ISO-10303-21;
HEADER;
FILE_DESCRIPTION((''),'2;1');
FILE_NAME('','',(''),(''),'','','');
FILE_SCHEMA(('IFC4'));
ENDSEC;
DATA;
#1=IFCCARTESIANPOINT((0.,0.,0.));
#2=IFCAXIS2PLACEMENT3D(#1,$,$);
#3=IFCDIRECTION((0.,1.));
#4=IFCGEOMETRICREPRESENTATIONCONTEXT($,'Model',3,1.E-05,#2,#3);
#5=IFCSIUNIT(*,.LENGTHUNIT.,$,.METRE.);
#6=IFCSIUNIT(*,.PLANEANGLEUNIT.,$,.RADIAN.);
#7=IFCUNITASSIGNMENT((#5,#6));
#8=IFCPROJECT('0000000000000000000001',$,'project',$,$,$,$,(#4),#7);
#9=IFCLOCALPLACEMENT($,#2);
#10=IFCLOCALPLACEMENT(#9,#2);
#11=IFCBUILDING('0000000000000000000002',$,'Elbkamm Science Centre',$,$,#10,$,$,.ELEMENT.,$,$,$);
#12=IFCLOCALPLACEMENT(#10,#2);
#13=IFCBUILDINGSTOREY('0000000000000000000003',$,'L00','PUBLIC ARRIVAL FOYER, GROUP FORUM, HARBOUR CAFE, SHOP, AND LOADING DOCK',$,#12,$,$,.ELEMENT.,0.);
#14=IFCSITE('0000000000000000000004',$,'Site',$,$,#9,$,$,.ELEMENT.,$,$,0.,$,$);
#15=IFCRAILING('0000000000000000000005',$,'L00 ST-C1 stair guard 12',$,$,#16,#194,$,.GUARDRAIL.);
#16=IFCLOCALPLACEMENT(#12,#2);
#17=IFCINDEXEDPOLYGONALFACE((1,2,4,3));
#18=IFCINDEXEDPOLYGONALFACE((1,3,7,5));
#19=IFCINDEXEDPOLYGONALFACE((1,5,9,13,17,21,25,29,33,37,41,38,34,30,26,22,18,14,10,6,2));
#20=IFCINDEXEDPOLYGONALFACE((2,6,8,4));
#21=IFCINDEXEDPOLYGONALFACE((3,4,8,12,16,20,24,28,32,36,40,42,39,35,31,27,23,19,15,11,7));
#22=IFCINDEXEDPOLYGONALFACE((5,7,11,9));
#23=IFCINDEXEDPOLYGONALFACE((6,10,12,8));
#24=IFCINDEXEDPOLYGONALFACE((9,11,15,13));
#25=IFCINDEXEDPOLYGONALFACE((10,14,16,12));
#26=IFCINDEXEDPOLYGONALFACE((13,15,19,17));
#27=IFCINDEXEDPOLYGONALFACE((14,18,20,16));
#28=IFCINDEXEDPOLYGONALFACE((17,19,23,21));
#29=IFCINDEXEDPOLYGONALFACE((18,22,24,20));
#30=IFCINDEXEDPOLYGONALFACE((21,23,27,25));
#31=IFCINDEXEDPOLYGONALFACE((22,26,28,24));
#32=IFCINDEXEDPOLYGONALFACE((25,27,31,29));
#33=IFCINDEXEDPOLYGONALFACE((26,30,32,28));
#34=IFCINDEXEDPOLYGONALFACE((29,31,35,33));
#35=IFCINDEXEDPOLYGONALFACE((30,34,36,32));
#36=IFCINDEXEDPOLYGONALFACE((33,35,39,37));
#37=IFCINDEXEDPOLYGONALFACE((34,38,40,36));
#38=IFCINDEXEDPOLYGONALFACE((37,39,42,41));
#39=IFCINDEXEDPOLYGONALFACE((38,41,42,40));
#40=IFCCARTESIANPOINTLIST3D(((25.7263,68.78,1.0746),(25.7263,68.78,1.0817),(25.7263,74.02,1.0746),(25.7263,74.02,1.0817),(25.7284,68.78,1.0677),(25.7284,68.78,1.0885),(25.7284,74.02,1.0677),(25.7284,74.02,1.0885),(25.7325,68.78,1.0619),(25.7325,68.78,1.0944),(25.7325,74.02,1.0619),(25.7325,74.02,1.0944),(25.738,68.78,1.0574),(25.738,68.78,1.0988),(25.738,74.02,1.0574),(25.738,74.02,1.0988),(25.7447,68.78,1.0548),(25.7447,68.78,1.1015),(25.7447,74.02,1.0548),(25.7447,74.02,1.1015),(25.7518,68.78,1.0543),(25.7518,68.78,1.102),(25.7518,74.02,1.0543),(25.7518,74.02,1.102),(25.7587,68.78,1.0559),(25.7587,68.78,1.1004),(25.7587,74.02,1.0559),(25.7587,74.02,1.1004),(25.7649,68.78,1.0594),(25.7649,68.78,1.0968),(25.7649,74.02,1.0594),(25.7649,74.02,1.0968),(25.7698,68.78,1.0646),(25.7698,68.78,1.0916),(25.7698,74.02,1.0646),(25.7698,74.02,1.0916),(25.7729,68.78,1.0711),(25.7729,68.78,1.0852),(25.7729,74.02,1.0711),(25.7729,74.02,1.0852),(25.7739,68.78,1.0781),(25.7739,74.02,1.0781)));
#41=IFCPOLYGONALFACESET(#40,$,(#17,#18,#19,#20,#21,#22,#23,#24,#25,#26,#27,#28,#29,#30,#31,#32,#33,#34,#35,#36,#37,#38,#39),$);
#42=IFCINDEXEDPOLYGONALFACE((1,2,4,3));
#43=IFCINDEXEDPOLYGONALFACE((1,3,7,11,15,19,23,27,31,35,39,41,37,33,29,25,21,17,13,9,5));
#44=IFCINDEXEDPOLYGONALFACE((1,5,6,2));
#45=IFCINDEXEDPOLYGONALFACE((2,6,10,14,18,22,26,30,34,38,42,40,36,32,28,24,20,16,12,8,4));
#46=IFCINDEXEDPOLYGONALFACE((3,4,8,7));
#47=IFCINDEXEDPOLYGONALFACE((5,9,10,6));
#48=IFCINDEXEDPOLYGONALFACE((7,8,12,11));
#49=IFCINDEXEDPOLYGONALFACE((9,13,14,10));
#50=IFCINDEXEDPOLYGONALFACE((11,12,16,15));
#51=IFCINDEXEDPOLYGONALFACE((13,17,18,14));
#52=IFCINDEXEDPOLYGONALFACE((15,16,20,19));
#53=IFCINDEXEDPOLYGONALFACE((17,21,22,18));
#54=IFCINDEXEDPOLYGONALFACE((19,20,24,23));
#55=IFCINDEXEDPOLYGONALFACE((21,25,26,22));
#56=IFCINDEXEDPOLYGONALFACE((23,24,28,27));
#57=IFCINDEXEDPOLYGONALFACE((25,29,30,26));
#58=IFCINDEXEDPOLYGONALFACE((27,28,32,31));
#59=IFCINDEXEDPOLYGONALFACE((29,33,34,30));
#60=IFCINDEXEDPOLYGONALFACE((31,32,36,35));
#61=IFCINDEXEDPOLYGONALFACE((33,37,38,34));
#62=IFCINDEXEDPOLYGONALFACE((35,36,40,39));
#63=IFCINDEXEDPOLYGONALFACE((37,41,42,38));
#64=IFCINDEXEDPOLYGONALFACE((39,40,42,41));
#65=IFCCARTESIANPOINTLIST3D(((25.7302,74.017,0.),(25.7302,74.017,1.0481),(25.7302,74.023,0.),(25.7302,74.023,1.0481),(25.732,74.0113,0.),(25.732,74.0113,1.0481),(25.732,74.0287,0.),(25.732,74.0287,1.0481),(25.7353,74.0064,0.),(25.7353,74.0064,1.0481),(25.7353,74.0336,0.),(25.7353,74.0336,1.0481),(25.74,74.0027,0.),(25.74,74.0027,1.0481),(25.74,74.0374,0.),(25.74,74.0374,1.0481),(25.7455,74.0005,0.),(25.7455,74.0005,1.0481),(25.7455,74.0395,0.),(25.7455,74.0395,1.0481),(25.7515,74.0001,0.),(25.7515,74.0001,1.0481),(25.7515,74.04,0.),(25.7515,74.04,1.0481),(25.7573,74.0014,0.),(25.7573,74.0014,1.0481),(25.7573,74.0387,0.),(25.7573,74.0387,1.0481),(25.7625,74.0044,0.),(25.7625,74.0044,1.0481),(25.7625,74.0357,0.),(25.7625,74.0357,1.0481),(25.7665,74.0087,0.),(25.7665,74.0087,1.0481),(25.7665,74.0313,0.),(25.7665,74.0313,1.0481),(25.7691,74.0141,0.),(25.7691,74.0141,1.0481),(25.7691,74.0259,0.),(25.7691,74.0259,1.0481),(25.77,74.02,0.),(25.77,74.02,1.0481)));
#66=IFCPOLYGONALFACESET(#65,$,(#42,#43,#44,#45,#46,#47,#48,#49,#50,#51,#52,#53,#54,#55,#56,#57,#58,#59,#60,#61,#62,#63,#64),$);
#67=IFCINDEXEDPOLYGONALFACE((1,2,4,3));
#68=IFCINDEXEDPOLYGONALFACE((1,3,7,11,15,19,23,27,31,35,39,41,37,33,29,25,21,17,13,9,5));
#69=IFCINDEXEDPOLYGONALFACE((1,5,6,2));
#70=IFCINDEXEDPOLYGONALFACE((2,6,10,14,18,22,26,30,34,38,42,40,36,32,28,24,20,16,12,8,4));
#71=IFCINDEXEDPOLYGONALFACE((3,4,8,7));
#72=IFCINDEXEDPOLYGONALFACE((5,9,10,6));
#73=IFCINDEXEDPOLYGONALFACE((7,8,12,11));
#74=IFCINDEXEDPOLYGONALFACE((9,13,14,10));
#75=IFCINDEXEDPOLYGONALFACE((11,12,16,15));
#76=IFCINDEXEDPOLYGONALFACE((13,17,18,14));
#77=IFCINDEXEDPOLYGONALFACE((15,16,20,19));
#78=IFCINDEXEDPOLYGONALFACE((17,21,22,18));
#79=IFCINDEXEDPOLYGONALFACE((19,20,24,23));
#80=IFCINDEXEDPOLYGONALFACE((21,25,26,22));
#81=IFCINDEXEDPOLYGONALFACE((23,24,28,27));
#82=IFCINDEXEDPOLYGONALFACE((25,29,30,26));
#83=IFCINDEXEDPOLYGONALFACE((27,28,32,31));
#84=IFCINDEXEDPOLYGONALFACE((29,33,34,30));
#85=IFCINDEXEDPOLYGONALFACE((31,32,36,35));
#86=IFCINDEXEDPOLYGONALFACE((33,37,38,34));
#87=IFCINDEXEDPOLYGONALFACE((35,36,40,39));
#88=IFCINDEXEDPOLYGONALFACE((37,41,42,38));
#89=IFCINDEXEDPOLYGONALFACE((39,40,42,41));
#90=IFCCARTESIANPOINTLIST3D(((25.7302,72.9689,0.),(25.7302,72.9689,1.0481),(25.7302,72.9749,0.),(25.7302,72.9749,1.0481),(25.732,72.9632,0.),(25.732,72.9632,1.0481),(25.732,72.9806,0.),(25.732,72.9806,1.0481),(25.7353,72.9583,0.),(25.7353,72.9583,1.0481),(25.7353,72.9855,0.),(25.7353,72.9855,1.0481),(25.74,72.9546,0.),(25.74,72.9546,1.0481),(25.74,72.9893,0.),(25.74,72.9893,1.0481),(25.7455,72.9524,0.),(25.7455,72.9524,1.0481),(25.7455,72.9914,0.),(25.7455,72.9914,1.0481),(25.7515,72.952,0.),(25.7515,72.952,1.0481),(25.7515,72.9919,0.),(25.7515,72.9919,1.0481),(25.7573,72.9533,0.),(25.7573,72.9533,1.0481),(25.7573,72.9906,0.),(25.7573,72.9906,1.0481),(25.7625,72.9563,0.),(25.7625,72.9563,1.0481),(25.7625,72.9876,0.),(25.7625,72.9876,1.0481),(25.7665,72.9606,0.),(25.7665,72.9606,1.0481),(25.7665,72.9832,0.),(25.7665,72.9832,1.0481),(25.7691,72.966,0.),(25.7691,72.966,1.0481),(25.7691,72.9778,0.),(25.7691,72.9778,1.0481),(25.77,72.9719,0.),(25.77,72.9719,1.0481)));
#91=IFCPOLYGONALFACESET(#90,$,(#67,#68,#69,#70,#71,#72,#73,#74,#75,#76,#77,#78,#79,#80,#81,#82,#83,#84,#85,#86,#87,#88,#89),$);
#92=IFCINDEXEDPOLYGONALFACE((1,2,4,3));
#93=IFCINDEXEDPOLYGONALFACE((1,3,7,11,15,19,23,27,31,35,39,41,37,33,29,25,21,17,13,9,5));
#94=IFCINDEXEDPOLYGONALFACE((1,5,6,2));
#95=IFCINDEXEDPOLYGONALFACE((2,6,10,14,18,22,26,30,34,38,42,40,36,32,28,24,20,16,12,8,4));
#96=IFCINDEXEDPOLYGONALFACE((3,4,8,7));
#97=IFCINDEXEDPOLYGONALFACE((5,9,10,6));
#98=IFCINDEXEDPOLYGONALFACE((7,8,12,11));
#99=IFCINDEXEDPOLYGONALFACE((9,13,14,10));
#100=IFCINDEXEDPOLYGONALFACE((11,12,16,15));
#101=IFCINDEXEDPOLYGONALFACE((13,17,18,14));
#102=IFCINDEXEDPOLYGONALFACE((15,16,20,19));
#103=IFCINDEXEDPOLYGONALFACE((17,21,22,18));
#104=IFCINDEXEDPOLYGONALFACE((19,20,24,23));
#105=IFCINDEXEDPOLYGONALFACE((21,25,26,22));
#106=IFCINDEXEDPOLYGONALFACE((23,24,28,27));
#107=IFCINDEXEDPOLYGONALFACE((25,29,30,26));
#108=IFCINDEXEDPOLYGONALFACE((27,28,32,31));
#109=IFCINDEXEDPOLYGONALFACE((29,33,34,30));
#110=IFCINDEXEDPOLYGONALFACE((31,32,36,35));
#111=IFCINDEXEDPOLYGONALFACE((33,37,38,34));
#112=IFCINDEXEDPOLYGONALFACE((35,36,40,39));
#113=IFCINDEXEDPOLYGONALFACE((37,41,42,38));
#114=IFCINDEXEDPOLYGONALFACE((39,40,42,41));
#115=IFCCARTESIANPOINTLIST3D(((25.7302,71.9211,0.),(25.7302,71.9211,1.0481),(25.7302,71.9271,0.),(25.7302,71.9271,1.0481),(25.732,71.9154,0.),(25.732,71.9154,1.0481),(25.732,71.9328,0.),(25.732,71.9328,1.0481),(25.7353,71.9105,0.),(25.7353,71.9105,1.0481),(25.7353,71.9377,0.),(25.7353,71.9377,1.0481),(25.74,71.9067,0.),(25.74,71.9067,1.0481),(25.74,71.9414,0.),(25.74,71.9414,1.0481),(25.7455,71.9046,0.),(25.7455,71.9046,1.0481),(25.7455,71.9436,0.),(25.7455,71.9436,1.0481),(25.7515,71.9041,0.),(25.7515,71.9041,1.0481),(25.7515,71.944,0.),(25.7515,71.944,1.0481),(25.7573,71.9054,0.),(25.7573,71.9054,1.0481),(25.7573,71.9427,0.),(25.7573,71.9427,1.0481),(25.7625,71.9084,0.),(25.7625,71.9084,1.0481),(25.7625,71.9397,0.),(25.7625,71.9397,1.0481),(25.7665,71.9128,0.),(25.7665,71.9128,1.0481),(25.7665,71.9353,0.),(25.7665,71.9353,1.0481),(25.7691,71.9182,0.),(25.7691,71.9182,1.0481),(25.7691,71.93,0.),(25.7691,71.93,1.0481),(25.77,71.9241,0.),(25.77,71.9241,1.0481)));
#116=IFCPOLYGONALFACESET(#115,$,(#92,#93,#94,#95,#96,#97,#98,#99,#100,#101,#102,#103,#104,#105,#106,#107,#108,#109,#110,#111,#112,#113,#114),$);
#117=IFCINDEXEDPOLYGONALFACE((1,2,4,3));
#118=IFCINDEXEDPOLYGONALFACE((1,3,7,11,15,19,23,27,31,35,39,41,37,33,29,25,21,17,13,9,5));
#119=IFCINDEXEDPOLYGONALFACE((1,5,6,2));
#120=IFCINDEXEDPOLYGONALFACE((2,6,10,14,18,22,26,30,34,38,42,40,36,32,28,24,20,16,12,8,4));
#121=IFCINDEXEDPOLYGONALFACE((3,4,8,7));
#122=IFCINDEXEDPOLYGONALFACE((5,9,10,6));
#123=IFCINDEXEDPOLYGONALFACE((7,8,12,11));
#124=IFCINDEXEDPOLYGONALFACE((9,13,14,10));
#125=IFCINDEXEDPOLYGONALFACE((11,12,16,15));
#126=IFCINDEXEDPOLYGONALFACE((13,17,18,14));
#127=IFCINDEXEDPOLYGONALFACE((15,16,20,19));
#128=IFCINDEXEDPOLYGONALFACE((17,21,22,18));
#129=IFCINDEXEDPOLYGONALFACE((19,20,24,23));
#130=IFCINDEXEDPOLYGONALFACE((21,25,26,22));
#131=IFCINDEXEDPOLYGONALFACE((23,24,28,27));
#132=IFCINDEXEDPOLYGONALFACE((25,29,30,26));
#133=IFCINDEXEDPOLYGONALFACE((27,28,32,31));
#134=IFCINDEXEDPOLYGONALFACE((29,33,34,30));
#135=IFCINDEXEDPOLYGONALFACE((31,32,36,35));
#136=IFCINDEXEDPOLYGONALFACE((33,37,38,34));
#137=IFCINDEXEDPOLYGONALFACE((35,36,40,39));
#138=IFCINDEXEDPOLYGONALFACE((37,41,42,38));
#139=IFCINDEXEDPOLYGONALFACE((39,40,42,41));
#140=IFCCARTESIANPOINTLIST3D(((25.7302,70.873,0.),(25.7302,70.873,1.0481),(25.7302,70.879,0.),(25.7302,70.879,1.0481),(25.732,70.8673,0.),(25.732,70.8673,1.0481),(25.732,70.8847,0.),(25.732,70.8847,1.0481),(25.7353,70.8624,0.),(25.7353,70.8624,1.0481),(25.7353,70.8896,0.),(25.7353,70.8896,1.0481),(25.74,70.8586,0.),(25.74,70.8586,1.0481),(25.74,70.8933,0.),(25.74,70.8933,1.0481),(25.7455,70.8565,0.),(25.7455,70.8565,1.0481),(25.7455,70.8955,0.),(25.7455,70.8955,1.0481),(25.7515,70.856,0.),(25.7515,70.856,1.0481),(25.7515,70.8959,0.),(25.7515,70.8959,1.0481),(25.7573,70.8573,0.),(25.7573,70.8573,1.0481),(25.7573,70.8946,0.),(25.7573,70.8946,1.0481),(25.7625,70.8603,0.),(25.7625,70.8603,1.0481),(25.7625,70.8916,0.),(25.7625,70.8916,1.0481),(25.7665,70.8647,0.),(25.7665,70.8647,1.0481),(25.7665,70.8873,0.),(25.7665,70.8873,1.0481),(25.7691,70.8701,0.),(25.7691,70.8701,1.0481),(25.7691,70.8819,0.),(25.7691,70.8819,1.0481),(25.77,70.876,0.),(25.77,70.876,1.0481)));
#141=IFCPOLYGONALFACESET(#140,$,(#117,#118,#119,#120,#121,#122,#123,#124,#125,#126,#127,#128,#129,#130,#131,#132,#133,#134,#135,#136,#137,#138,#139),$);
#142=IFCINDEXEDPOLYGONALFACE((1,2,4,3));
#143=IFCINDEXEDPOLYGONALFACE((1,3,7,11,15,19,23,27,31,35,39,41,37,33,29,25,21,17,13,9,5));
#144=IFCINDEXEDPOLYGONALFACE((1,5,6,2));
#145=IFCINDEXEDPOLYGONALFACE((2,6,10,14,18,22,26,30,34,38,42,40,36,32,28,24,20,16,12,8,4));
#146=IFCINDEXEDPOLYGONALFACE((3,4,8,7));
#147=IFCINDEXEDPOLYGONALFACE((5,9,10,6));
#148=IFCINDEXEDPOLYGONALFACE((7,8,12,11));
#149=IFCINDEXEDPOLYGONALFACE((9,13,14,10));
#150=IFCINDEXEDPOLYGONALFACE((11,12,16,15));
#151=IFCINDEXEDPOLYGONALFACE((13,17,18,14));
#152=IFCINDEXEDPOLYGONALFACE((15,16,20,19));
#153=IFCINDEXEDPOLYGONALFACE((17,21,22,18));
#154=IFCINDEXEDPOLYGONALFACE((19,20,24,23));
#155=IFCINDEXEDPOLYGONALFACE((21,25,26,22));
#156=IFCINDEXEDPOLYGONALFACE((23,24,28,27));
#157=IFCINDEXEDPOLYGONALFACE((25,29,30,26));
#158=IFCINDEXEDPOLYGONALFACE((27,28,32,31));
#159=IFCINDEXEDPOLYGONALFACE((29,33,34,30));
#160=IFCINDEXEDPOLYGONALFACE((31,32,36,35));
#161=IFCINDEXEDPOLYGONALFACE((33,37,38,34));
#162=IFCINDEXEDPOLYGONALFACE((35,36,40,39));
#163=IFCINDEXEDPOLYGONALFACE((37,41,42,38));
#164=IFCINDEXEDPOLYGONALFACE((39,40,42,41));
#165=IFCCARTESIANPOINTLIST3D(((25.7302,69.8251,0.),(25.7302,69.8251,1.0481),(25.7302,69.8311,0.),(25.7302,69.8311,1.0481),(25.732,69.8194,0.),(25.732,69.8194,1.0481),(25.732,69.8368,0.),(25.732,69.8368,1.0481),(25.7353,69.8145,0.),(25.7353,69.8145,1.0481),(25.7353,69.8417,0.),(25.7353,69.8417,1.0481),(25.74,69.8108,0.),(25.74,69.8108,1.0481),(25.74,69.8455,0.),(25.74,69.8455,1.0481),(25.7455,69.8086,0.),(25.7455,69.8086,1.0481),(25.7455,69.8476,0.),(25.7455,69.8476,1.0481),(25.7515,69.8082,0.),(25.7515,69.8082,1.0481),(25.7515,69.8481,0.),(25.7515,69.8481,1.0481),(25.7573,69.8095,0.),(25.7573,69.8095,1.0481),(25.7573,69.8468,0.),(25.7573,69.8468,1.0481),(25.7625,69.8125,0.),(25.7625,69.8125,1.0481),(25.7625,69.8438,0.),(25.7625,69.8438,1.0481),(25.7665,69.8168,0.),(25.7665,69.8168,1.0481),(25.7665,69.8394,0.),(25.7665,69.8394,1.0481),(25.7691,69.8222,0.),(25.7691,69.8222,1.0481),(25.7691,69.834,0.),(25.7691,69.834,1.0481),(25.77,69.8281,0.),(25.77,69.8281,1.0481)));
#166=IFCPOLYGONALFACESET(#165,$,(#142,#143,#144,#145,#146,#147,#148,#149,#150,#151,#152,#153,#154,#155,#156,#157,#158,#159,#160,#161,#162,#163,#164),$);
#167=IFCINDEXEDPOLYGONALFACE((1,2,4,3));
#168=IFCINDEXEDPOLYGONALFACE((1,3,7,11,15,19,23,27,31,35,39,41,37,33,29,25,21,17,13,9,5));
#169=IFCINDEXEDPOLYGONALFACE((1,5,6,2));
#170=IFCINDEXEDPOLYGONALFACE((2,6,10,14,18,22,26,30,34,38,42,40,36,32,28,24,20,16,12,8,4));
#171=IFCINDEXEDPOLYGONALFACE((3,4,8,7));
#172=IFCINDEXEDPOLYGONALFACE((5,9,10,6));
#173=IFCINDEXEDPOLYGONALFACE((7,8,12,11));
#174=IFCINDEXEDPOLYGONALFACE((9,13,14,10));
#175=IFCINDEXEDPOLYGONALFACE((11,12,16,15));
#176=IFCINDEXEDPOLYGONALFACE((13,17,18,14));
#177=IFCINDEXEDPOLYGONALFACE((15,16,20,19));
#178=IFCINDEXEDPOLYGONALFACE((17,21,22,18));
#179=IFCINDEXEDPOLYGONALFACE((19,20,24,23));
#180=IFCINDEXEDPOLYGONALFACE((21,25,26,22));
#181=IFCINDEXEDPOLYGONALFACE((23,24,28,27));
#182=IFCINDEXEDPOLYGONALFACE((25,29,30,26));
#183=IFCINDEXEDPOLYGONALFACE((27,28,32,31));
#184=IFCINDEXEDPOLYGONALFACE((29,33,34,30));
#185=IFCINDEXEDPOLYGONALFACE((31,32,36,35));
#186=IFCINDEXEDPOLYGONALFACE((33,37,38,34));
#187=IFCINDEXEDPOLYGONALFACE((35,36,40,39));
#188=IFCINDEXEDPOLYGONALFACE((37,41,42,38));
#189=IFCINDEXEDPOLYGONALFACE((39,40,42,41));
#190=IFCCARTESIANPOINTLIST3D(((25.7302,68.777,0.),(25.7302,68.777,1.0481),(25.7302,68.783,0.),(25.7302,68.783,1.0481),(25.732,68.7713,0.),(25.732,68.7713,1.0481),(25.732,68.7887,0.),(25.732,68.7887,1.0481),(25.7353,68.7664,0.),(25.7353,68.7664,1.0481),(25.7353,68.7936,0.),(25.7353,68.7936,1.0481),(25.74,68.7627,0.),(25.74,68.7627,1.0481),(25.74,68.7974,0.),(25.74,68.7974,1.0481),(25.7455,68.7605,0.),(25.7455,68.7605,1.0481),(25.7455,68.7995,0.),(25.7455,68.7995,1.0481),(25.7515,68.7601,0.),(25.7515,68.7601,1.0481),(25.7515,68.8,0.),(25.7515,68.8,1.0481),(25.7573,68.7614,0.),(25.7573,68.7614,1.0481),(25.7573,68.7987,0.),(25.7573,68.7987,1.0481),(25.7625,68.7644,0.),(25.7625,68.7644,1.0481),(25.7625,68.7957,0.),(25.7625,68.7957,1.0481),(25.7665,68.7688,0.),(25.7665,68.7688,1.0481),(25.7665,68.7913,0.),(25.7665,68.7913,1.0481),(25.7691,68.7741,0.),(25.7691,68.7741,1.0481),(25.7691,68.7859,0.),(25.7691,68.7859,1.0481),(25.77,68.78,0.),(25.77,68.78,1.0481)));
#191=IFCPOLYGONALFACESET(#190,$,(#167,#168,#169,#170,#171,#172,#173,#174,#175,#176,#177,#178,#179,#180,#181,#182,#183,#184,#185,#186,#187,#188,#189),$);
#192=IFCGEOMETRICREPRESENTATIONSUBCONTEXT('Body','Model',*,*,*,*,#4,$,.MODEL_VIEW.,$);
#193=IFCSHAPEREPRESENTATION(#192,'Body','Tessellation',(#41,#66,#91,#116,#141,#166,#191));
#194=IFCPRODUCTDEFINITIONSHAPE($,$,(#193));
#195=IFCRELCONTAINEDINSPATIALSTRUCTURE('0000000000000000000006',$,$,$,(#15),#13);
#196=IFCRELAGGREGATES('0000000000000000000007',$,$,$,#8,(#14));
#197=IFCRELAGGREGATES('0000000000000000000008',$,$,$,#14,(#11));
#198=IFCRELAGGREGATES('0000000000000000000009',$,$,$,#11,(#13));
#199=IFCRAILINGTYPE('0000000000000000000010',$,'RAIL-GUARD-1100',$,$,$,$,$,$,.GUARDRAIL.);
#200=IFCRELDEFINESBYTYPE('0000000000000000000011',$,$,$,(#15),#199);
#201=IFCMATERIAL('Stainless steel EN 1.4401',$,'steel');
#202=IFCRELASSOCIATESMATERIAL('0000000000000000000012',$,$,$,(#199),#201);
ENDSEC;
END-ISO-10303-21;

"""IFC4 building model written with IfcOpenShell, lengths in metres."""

from ifc_helpers import new_model, si_unit, direction, frame, origin, origin_2d, place, context, subcontext, project, spatial, circle, extrude, material, type_object, element, save


model = new_model("IFC4")

# Units and contexts
model_context = context("Model", 3, precision=1e-05, world=origin(), true_north=direction((0.0, 1.0)))
body_context = subcontext(model_context, "Body", "Model", "MODEL_VIEW")
ifc_project = project(units=[si_unit("LENGTHUNIT", "METRE"), si_unit("PLANEANGLEUNIT", "RADIAN")], contexts=[model_context])

# Site, building, storey
site_placement = place(None, origin())
site = spatial("IfcSite", under=ifc_project, at=site_placement, Name="Site", CompositionType="ELEMENT", RefElevation=0.0)
building_placement = place(site_placement, origin())
building = spatial("IfcBuilding", under=site, at=building_placement, Name="Elbkamm Science Centre", CompositionType="ELEMENT")
storey_placement = place(building_placement, origin())
storey = spatial("IfcBuildingStorey", under=building, at=storey_placement, Name="L00", Description="PUBLIC ARRIVAL FOYER, GROUP FORUM, HARBOUR CAFE, SHOP, AND LOADING DOCK", CompositionType="ELEMENT", Elevation=0.0)

# Railing
ifc_material_1 = material(Name="Stainless steel EN 1.4401", Category="steel")
railing_type_1 = type_object("IfcRailingType", Name="RAIL-GUARD-1100", PredefinedType="GUARDRAIL", material=ifc_material_1)
railing_1_placement = place(storey_placement, frame((25.75, 74.02, 0.0)))
element("IfcRailing", 1, at=railing_1_placement, inside=storey, type_object=railing_type_1, Name="L00 ST-C1 stair guard 12", PredefinedType="GUARDRAIL", context=body_context, shape_type="SweptSolid", body=[
    extrude(circle(Radius=0.0239, at=origin_2d()), frame((0.0, 0.0, 1.0781), z_axis=(0.0, -1.0, 0.0), x_axis=(1.0, 0.0, 0.0)), (0.0, 0.0, 1.0), 5.24),
    extrude(circle(Radius=0.02, at=origin_2d()), origin(), (0.0, 0.0, 1.0), 1.0481),
    extrude(circle(Radius=0.02, at=origin_2d()), frame((0.0, -1.0481, 0.0)), (0.0, 0.0, 1.0), 1.0481),
    extrude(circle(Radius=0.02, at=origin_2d()), frame((0.0, -2.0959, 0.0)), (0.0, 0.0, 1.0), 1.0481),
    extrude(circle(Radius=0.02, at=origin_2d()), frame((0.0, -3.144, 0.0)), (0.0, 0.0, 1.0), 1.0481),
    extrude(circle(Radius=0.02, at=origin_2d()), frame((0.0, -4.1919, 0.0)), (0.0, 0.0, 1.0), 1.0481),
    extrude(circle(Radius=0.02, at=origin_2d()), frame((0.0, -5.24, 0.0)), (0.0, 0.0, 1.0), 1.0481),
])

save(model, "model.ifc")
